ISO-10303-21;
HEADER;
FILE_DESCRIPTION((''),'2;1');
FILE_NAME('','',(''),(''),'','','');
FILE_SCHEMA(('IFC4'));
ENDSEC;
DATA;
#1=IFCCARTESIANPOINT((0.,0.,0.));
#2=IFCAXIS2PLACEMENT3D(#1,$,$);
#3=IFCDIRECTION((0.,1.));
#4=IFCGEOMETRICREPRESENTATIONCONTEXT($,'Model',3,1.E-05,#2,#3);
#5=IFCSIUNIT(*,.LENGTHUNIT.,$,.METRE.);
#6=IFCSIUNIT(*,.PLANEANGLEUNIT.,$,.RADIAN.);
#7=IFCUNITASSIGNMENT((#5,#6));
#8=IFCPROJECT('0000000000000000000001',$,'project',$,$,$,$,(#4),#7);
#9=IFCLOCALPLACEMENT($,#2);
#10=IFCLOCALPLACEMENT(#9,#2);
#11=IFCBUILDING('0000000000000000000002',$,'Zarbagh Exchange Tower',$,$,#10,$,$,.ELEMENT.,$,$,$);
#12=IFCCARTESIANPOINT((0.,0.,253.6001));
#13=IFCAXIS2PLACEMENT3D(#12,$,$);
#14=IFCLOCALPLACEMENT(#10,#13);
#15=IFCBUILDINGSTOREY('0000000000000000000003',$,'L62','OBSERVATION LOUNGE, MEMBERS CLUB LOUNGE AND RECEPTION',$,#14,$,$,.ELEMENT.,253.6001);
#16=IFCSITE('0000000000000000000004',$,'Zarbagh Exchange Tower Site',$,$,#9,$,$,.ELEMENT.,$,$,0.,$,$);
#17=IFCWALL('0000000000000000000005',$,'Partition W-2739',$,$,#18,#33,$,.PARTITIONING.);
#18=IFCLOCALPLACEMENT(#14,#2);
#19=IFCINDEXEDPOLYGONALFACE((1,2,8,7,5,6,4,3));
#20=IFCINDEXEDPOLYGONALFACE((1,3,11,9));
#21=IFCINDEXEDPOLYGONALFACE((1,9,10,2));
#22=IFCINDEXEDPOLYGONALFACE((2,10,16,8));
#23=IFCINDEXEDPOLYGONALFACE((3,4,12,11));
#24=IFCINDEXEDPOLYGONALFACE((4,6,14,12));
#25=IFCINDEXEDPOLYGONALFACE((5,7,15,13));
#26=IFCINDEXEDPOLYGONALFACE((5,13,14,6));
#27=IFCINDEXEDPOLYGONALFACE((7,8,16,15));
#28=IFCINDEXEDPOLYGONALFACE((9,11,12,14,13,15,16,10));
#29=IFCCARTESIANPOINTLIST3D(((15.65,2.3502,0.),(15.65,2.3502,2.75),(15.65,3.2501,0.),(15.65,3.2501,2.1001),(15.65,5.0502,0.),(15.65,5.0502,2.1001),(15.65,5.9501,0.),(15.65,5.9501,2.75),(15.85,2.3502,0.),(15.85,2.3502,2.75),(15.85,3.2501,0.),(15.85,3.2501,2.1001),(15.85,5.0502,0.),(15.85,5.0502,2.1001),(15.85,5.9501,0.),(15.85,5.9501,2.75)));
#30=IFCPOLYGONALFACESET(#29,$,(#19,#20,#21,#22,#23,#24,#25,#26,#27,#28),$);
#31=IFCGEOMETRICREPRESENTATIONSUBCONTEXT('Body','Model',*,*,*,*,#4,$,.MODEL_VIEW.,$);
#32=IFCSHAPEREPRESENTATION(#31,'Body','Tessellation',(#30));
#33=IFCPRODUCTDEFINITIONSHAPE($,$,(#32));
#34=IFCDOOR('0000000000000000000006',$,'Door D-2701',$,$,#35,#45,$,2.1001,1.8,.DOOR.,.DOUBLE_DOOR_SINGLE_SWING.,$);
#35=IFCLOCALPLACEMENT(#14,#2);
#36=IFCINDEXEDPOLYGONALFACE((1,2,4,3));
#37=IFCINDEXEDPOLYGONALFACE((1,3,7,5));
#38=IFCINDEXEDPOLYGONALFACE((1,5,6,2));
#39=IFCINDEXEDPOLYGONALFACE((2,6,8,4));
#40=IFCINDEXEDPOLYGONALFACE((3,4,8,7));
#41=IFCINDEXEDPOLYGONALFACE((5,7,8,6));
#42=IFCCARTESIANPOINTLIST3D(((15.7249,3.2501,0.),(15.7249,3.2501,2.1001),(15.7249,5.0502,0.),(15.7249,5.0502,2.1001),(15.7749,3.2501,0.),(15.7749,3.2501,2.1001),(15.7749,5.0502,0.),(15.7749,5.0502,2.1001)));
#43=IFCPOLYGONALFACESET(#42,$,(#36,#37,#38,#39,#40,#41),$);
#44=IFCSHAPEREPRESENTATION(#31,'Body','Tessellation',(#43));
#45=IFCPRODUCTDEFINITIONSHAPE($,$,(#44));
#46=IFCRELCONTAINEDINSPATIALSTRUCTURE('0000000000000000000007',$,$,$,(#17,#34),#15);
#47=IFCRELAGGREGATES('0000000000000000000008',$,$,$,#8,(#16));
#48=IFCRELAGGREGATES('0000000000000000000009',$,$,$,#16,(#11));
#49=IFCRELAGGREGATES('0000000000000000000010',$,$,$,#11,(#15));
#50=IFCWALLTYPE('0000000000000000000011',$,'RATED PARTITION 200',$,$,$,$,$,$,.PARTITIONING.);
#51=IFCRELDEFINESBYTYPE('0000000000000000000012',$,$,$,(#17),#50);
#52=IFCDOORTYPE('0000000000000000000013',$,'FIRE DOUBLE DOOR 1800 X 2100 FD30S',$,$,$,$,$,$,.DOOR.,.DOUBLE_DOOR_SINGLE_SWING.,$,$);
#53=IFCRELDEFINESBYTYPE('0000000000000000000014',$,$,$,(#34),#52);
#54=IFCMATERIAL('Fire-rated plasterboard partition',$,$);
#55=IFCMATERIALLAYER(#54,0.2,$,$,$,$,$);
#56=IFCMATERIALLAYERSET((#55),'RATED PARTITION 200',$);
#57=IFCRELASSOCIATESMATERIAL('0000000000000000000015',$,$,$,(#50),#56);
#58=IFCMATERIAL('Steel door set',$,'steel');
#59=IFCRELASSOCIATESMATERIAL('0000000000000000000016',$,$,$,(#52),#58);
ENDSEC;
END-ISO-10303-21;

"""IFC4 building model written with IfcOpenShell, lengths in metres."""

from ifc_helpers import new_model, si_unit, direction, frame, frame_2d, origin, place, context, subcontext, project, spatial, rectangle, extrude, material, layer, layer_set, type_object, element, fill, save


model = new_model("IFC4")

# Units and contexts
model_context = context("Model", 3, precision=1e-05, world=origin(), true_north=direction((0.0, 1.0)))
body_context = subcontext(model_context, "Body", "Model", "MODEL_VIEW")
ifc_project = project(units=[si_unit("LENGTHUNIT", "METRE"), si_unit("PLANEANGLEUNIT", "RADIAN")], contexts=[model_context])

# Site, building, storey
site_placement = place(None, origin())
site = spatial("IfcSite", under=ifc_project, at=site_placement, Name="Zarbagh Exchange Tower Site", CompositionType="ELEMENT", RefElevation=0.0)
building_placement = place(site_placement, origin())
building = spatial("IfcBuilding", under=site, at=building_placement, Name="Zarbagh Exchange Tower", CompositionType="ELEMENT")
storey_placement = place(building_placement, frame((0.0, 0.0, 253.6001)))
storey = spatial("IfcBuildingStorey", under=building, at=storey_placement, Name="L62", Description="OBSERVATION LOUNGE, MEMBERS CLUB LOUNGE AND RECEPTION", CompositionType="ELEMENT", Elevation=253.6001)

# Shared definitions
ifc_material_1 = material(Name="Fire-rated plasterboard partition")
ifc_layer = layer(ifc_material_1, 0.2)
ifc_layer_set = layer_set([ifc_layer], Name="RATED PARTITION 200")
wall_type = type_object("IfcWallType", Name="RATED PARTITION 200", PredefinedType="PARTITIONING", material=ifc_layer_set)
ifc_material_2 = material(Name="Steel door set", Category="steel")

# Wall, opening, door
wall_1_placement = place(storey_placement, frame((15.75, 5.95, 0.0), z_axis=(0.0, 0.0, 1.0), x_axis=(0.0, -1.0, 0.0)))
wall_1 = element("IfcWall", 1, at=wall_1_placement, inside=storey, type_object=wall_type, Name="Partition W-2739", PredefinedType="PARTITIONING", context=body_context, shape_type="SweptSolid", body=[
    extrude(rectangle(XDim=3.5999, YDim=0.2, at=frame_2d((1.7998, 0.0))), origin(), (0.0, 0.0, 1.0), 2.75),
])
opening_1_placement = place(wall_1_placement, frame((0.8999, 0.0, 0.0)))
opening_1 = element("IfcOpeningElement", 2, at=opening_1_placement, cuts=wall_1, PredefinedType="OPENING", context=body_context, shape_type="SweptSolid", body=[
    extrude(rectangle(XDim=1.8, YDim=2.1001, at=frame_2d((0.8999, 1.05))), frame((0.0, 0.1099, 0.0), z_axis=(0.0, -1.0, 0.0), x_axis=(1.0, 0.0, 0.0)), (0.0, 0.0, 1.0), 0.22),
])
door_type_1 = type_object("IfcDoorType", Name="FIRE DOUBLE DOOR 1800 X 2100 FD30S", OperationType="DOUBLE_DOOR_SINGLE_SWING", PredefinedType="DOOR", material=ifc_material_2)
door_1_placement = place(opening_1_placement, origin())
door_1 = element("IfcDoor", 3, at=door_1_placement, inside=storey, type_object=door_type_1, Name="Door D-2701", OperationType="DOUBLE_DOOR_SINGLE_SWING", OverallHeight=2.1001, OverallWidth=1.8, PredefinedType="DOOR", context=body_context, shape_type="SweptSolid", body=[
    extrude(rectangle(XDim=1.8, YDim=2.1001, at=frame_2d((0.8999, 1.05))), frame((0.0, 0.0249, 0.0), z_axis=(0.0, -1.0, 0.0), x_axis=(1.0, 0.0, 0.0)), (0.0, 0.0, 1.0), 0.05),
])
fill(opening_1, door_1)

save(model, "model.ifc")
